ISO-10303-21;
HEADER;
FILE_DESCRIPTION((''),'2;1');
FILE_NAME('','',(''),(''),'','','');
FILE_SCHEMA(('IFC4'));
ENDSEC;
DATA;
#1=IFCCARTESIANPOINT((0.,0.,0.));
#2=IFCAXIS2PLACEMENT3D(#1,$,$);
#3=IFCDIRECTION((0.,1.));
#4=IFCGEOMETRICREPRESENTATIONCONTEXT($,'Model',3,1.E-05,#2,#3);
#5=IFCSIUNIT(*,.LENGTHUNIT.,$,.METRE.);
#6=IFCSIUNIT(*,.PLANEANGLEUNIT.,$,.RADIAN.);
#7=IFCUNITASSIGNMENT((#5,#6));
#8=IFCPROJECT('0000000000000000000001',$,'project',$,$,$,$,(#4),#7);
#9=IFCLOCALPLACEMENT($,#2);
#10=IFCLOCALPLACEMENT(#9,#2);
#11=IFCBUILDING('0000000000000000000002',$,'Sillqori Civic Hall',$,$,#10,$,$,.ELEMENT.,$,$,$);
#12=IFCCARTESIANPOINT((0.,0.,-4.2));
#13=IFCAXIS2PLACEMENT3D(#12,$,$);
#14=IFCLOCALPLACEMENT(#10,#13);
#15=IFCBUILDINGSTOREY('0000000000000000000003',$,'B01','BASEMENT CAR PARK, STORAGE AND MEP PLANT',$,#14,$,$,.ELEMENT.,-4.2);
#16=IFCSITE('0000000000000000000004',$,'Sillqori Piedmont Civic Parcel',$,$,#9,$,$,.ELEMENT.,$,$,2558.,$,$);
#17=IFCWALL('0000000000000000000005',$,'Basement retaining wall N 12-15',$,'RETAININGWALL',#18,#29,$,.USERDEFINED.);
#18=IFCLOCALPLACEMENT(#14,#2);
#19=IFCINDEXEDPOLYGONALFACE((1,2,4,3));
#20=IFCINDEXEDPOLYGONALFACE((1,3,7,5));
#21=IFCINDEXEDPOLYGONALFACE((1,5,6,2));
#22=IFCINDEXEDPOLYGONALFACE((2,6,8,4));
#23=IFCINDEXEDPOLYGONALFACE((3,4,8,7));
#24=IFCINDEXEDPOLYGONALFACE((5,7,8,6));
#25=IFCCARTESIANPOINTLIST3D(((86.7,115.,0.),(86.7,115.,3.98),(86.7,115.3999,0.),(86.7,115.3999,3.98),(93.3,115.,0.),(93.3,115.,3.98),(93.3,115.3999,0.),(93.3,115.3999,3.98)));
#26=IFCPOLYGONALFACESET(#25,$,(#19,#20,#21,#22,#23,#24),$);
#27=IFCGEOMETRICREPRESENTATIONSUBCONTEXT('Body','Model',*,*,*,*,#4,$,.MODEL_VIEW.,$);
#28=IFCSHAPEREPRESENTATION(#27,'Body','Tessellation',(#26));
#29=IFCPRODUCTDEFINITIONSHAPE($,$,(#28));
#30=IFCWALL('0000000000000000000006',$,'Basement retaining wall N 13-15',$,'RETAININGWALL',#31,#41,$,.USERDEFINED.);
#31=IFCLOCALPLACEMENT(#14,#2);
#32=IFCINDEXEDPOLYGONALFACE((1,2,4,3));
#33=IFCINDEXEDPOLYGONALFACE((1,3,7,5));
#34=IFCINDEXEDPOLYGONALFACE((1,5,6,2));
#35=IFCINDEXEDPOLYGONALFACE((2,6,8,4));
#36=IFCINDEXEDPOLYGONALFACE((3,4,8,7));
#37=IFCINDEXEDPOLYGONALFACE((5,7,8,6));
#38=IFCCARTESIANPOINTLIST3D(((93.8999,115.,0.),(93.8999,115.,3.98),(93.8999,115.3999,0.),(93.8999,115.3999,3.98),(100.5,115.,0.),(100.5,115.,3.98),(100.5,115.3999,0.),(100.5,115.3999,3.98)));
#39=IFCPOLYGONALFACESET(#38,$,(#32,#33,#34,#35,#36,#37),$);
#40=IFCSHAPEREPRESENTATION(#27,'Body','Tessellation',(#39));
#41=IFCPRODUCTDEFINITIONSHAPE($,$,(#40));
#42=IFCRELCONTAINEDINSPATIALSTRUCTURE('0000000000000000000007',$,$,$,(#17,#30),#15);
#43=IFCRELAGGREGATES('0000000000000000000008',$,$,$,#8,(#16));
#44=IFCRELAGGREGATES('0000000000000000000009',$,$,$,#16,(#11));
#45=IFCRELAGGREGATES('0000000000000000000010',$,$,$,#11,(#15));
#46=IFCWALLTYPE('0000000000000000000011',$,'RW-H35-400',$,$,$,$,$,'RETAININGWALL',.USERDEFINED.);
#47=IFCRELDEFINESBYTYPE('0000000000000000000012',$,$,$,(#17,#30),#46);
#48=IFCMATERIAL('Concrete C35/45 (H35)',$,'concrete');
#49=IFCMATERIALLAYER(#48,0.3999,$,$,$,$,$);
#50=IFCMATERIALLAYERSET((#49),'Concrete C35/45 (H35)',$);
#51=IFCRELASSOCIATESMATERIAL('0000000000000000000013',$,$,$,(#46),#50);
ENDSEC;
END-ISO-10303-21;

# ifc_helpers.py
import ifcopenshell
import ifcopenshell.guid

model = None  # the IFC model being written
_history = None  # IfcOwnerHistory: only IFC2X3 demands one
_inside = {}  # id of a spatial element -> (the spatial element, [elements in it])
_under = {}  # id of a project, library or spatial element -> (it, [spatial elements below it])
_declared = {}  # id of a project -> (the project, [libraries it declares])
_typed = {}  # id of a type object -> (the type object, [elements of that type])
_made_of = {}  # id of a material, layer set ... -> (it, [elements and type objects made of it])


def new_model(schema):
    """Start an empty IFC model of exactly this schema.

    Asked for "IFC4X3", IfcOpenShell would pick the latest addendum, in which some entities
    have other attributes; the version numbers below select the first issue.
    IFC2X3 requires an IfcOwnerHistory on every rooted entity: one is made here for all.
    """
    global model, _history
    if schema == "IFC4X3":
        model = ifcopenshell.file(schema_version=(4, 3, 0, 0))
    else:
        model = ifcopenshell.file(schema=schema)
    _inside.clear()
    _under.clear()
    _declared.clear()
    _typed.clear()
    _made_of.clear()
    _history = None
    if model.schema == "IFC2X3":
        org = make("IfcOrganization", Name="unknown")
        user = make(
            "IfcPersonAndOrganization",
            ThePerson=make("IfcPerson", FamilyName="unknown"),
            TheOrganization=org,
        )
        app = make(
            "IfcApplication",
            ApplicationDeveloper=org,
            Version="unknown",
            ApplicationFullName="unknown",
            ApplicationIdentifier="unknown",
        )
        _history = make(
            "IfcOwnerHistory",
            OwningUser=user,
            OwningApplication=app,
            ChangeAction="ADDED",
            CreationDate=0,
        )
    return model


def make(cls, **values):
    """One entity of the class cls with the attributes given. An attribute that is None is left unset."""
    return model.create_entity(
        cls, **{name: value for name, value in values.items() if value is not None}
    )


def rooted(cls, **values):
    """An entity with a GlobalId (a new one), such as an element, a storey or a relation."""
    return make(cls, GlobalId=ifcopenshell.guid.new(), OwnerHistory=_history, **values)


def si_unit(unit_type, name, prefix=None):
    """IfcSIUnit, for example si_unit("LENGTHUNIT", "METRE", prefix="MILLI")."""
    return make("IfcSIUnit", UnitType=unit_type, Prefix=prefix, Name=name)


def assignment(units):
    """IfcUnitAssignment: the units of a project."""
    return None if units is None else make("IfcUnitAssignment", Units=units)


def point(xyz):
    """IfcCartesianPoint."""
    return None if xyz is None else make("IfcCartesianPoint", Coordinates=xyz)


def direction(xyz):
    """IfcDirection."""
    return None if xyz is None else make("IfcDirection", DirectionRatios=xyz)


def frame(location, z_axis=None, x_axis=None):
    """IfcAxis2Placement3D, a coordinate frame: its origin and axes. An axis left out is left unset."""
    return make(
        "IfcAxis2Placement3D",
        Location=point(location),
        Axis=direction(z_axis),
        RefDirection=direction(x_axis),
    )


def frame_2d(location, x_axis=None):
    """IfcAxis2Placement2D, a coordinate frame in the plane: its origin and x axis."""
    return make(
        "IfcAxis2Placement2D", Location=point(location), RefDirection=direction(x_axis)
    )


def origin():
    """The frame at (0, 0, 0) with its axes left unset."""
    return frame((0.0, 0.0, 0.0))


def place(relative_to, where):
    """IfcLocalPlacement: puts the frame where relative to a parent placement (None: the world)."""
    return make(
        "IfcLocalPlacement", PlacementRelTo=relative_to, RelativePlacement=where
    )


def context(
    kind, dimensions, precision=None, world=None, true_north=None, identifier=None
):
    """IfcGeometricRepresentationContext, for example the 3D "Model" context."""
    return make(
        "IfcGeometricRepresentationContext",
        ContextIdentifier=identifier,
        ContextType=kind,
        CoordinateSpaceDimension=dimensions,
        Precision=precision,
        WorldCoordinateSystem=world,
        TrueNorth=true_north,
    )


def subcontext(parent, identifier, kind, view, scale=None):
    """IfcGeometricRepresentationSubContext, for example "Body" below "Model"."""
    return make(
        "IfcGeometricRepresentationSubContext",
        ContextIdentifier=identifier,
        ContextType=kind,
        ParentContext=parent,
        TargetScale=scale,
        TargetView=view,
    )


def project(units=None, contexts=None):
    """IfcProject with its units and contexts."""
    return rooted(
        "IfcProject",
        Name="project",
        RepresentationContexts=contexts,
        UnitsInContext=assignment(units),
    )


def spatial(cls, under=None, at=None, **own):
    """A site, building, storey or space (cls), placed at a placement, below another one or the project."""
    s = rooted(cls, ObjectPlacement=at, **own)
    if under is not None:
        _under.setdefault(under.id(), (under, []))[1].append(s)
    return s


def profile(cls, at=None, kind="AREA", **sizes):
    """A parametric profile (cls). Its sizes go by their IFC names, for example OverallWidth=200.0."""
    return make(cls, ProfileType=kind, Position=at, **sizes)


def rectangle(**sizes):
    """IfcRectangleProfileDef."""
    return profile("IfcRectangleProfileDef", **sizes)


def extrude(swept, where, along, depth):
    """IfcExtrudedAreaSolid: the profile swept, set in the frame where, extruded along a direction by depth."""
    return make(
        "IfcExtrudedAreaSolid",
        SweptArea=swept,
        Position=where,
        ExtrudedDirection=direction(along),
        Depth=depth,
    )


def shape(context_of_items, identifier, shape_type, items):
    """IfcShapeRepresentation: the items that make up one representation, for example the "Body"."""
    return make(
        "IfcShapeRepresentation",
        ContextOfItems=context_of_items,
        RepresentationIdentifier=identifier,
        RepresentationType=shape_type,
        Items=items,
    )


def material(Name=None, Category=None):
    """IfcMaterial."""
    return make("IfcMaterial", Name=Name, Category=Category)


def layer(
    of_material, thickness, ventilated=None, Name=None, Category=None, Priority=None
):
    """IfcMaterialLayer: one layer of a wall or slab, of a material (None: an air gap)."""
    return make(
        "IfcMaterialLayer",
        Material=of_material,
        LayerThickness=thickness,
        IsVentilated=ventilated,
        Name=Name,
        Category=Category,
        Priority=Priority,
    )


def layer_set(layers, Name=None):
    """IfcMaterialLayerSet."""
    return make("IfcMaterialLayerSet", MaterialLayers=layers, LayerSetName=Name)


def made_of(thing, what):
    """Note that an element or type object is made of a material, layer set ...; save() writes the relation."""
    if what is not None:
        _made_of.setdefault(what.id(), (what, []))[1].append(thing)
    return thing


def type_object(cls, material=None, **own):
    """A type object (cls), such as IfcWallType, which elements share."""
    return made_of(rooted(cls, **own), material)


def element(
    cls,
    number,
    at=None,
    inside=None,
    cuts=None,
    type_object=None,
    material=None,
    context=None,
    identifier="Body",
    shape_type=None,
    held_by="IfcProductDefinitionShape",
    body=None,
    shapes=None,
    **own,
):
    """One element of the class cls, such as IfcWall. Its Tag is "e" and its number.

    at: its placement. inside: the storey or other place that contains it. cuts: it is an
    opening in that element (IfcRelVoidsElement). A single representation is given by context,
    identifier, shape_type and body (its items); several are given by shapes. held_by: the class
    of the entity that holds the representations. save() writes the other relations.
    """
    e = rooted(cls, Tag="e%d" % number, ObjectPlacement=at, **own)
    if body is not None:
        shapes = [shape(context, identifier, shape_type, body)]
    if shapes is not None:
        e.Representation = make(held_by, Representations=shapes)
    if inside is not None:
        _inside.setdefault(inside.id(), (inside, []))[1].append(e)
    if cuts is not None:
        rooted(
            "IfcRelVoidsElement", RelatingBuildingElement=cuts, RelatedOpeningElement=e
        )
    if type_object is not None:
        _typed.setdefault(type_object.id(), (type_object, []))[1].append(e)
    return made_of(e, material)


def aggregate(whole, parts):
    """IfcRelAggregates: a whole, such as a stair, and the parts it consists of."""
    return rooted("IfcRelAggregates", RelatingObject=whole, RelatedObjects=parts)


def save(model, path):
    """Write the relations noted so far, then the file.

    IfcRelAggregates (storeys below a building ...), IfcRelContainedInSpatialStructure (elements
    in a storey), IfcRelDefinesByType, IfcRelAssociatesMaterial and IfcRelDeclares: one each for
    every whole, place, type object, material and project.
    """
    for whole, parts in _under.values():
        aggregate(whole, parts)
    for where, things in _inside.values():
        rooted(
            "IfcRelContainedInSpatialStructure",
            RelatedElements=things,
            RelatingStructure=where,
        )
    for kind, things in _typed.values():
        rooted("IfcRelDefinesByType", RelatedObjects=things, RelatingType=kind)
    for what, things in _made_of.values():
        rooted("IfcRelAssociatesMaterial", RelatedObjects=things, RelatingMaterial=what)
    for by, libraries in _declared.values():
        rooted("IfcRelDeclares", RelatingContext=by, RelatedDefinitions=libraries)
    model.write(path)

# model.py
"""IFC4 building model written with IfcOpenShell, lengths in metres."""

from ifc_helpers import new_model, si_unit, direction, frame, frame_2d, origin, place, context, subcontext, project, spatial, rectangle, extrude, material, layer, layer_set, type_object, element, save


model = new_model("IFC4")

# Units and contexts
model_context = context("Model", 3, precision=1e-05, world=origin(), true_north=direction((0.0, 1.0)))
body_context = subcontext(model_context, "Body", "Model", "MODEL_VIEW")
ifc_project = project(units=[si_unit("LENGTHUNIT", "METRE"), si_unit("PLANEANGLEUNIT", "RADIAN")], contexts=[model_context])

# Site, building, storey
site_placement = place(None, origin())
site = spatial("IfcSite", under=ifc_project, at=site_placement, Name="Sillqori Piedmont Civic Parcel", CompositionType="ELEMENT", RefElevation=2558.0)
building_placement = place(site_placement, origin())
building = spatial("IfcBuilding", under=site, at=building_placement, Name="Sillqori Civic Hall", CompositionType="ELEMENT")
storey_placement = place(building_placement, frame((0.0, 0.0, -4.2)))
storey = spatial("IfcBuildingStorey", under=building, at=storey_placement, Name="B01", Description="BASEMENT CAR PARK, STORAGE AND MEP PLANT", CompositionType="ELEMENT", Elevation=-4.2)

# Shared definitions
ifc_material_1 = material(Name="Concrete C35/45 (H35)", Category="concrete")

# Walls
ifc_layer = layer(ifc_material_1, 0.3999)
ifc_layer_set = layer_set([ifc_layer], Name="Concrete C35/45 (H35)")
wall_type = type_object("IfcWallType", Name="RW-H35-400", ElementType="RETAININGWALL", PredefinedType="USERDEFINED", material=ifc_layer_set)
for number, where, z_axis, x_axis, name in (
    (1, (86.7, 115.2, 0.0), (0.0, 0.0, 1.0), (1.0, 0.0, 0.0), "Basement retaining wall N 12-15"),
    (2, (93.8999, 115.2, 0.0), (0.0, 0.0, 1.0), (1.0, 0.0, 0.0), "Basement retaining wall N 13-15"),
):
    element("IfcWall", number, at=place(storey_placement, frame(where, z_axis=z_axis, x_axis=x_axis)), inside=storey, type_object=wall_type, Name=name, ObjectType="RETAININGWALL", PredefinedType="USERDEFINED", context=body_context, shape_type="SweptSolid", body=[
        extrude(rectangle(XDim=6.6001, YDim=0.3999, at=frame_2d((3.3, 0.0))), origin(), (0.0, 0.0, 1.0), 3.98),
    ])

save(model, "model.ifc")
